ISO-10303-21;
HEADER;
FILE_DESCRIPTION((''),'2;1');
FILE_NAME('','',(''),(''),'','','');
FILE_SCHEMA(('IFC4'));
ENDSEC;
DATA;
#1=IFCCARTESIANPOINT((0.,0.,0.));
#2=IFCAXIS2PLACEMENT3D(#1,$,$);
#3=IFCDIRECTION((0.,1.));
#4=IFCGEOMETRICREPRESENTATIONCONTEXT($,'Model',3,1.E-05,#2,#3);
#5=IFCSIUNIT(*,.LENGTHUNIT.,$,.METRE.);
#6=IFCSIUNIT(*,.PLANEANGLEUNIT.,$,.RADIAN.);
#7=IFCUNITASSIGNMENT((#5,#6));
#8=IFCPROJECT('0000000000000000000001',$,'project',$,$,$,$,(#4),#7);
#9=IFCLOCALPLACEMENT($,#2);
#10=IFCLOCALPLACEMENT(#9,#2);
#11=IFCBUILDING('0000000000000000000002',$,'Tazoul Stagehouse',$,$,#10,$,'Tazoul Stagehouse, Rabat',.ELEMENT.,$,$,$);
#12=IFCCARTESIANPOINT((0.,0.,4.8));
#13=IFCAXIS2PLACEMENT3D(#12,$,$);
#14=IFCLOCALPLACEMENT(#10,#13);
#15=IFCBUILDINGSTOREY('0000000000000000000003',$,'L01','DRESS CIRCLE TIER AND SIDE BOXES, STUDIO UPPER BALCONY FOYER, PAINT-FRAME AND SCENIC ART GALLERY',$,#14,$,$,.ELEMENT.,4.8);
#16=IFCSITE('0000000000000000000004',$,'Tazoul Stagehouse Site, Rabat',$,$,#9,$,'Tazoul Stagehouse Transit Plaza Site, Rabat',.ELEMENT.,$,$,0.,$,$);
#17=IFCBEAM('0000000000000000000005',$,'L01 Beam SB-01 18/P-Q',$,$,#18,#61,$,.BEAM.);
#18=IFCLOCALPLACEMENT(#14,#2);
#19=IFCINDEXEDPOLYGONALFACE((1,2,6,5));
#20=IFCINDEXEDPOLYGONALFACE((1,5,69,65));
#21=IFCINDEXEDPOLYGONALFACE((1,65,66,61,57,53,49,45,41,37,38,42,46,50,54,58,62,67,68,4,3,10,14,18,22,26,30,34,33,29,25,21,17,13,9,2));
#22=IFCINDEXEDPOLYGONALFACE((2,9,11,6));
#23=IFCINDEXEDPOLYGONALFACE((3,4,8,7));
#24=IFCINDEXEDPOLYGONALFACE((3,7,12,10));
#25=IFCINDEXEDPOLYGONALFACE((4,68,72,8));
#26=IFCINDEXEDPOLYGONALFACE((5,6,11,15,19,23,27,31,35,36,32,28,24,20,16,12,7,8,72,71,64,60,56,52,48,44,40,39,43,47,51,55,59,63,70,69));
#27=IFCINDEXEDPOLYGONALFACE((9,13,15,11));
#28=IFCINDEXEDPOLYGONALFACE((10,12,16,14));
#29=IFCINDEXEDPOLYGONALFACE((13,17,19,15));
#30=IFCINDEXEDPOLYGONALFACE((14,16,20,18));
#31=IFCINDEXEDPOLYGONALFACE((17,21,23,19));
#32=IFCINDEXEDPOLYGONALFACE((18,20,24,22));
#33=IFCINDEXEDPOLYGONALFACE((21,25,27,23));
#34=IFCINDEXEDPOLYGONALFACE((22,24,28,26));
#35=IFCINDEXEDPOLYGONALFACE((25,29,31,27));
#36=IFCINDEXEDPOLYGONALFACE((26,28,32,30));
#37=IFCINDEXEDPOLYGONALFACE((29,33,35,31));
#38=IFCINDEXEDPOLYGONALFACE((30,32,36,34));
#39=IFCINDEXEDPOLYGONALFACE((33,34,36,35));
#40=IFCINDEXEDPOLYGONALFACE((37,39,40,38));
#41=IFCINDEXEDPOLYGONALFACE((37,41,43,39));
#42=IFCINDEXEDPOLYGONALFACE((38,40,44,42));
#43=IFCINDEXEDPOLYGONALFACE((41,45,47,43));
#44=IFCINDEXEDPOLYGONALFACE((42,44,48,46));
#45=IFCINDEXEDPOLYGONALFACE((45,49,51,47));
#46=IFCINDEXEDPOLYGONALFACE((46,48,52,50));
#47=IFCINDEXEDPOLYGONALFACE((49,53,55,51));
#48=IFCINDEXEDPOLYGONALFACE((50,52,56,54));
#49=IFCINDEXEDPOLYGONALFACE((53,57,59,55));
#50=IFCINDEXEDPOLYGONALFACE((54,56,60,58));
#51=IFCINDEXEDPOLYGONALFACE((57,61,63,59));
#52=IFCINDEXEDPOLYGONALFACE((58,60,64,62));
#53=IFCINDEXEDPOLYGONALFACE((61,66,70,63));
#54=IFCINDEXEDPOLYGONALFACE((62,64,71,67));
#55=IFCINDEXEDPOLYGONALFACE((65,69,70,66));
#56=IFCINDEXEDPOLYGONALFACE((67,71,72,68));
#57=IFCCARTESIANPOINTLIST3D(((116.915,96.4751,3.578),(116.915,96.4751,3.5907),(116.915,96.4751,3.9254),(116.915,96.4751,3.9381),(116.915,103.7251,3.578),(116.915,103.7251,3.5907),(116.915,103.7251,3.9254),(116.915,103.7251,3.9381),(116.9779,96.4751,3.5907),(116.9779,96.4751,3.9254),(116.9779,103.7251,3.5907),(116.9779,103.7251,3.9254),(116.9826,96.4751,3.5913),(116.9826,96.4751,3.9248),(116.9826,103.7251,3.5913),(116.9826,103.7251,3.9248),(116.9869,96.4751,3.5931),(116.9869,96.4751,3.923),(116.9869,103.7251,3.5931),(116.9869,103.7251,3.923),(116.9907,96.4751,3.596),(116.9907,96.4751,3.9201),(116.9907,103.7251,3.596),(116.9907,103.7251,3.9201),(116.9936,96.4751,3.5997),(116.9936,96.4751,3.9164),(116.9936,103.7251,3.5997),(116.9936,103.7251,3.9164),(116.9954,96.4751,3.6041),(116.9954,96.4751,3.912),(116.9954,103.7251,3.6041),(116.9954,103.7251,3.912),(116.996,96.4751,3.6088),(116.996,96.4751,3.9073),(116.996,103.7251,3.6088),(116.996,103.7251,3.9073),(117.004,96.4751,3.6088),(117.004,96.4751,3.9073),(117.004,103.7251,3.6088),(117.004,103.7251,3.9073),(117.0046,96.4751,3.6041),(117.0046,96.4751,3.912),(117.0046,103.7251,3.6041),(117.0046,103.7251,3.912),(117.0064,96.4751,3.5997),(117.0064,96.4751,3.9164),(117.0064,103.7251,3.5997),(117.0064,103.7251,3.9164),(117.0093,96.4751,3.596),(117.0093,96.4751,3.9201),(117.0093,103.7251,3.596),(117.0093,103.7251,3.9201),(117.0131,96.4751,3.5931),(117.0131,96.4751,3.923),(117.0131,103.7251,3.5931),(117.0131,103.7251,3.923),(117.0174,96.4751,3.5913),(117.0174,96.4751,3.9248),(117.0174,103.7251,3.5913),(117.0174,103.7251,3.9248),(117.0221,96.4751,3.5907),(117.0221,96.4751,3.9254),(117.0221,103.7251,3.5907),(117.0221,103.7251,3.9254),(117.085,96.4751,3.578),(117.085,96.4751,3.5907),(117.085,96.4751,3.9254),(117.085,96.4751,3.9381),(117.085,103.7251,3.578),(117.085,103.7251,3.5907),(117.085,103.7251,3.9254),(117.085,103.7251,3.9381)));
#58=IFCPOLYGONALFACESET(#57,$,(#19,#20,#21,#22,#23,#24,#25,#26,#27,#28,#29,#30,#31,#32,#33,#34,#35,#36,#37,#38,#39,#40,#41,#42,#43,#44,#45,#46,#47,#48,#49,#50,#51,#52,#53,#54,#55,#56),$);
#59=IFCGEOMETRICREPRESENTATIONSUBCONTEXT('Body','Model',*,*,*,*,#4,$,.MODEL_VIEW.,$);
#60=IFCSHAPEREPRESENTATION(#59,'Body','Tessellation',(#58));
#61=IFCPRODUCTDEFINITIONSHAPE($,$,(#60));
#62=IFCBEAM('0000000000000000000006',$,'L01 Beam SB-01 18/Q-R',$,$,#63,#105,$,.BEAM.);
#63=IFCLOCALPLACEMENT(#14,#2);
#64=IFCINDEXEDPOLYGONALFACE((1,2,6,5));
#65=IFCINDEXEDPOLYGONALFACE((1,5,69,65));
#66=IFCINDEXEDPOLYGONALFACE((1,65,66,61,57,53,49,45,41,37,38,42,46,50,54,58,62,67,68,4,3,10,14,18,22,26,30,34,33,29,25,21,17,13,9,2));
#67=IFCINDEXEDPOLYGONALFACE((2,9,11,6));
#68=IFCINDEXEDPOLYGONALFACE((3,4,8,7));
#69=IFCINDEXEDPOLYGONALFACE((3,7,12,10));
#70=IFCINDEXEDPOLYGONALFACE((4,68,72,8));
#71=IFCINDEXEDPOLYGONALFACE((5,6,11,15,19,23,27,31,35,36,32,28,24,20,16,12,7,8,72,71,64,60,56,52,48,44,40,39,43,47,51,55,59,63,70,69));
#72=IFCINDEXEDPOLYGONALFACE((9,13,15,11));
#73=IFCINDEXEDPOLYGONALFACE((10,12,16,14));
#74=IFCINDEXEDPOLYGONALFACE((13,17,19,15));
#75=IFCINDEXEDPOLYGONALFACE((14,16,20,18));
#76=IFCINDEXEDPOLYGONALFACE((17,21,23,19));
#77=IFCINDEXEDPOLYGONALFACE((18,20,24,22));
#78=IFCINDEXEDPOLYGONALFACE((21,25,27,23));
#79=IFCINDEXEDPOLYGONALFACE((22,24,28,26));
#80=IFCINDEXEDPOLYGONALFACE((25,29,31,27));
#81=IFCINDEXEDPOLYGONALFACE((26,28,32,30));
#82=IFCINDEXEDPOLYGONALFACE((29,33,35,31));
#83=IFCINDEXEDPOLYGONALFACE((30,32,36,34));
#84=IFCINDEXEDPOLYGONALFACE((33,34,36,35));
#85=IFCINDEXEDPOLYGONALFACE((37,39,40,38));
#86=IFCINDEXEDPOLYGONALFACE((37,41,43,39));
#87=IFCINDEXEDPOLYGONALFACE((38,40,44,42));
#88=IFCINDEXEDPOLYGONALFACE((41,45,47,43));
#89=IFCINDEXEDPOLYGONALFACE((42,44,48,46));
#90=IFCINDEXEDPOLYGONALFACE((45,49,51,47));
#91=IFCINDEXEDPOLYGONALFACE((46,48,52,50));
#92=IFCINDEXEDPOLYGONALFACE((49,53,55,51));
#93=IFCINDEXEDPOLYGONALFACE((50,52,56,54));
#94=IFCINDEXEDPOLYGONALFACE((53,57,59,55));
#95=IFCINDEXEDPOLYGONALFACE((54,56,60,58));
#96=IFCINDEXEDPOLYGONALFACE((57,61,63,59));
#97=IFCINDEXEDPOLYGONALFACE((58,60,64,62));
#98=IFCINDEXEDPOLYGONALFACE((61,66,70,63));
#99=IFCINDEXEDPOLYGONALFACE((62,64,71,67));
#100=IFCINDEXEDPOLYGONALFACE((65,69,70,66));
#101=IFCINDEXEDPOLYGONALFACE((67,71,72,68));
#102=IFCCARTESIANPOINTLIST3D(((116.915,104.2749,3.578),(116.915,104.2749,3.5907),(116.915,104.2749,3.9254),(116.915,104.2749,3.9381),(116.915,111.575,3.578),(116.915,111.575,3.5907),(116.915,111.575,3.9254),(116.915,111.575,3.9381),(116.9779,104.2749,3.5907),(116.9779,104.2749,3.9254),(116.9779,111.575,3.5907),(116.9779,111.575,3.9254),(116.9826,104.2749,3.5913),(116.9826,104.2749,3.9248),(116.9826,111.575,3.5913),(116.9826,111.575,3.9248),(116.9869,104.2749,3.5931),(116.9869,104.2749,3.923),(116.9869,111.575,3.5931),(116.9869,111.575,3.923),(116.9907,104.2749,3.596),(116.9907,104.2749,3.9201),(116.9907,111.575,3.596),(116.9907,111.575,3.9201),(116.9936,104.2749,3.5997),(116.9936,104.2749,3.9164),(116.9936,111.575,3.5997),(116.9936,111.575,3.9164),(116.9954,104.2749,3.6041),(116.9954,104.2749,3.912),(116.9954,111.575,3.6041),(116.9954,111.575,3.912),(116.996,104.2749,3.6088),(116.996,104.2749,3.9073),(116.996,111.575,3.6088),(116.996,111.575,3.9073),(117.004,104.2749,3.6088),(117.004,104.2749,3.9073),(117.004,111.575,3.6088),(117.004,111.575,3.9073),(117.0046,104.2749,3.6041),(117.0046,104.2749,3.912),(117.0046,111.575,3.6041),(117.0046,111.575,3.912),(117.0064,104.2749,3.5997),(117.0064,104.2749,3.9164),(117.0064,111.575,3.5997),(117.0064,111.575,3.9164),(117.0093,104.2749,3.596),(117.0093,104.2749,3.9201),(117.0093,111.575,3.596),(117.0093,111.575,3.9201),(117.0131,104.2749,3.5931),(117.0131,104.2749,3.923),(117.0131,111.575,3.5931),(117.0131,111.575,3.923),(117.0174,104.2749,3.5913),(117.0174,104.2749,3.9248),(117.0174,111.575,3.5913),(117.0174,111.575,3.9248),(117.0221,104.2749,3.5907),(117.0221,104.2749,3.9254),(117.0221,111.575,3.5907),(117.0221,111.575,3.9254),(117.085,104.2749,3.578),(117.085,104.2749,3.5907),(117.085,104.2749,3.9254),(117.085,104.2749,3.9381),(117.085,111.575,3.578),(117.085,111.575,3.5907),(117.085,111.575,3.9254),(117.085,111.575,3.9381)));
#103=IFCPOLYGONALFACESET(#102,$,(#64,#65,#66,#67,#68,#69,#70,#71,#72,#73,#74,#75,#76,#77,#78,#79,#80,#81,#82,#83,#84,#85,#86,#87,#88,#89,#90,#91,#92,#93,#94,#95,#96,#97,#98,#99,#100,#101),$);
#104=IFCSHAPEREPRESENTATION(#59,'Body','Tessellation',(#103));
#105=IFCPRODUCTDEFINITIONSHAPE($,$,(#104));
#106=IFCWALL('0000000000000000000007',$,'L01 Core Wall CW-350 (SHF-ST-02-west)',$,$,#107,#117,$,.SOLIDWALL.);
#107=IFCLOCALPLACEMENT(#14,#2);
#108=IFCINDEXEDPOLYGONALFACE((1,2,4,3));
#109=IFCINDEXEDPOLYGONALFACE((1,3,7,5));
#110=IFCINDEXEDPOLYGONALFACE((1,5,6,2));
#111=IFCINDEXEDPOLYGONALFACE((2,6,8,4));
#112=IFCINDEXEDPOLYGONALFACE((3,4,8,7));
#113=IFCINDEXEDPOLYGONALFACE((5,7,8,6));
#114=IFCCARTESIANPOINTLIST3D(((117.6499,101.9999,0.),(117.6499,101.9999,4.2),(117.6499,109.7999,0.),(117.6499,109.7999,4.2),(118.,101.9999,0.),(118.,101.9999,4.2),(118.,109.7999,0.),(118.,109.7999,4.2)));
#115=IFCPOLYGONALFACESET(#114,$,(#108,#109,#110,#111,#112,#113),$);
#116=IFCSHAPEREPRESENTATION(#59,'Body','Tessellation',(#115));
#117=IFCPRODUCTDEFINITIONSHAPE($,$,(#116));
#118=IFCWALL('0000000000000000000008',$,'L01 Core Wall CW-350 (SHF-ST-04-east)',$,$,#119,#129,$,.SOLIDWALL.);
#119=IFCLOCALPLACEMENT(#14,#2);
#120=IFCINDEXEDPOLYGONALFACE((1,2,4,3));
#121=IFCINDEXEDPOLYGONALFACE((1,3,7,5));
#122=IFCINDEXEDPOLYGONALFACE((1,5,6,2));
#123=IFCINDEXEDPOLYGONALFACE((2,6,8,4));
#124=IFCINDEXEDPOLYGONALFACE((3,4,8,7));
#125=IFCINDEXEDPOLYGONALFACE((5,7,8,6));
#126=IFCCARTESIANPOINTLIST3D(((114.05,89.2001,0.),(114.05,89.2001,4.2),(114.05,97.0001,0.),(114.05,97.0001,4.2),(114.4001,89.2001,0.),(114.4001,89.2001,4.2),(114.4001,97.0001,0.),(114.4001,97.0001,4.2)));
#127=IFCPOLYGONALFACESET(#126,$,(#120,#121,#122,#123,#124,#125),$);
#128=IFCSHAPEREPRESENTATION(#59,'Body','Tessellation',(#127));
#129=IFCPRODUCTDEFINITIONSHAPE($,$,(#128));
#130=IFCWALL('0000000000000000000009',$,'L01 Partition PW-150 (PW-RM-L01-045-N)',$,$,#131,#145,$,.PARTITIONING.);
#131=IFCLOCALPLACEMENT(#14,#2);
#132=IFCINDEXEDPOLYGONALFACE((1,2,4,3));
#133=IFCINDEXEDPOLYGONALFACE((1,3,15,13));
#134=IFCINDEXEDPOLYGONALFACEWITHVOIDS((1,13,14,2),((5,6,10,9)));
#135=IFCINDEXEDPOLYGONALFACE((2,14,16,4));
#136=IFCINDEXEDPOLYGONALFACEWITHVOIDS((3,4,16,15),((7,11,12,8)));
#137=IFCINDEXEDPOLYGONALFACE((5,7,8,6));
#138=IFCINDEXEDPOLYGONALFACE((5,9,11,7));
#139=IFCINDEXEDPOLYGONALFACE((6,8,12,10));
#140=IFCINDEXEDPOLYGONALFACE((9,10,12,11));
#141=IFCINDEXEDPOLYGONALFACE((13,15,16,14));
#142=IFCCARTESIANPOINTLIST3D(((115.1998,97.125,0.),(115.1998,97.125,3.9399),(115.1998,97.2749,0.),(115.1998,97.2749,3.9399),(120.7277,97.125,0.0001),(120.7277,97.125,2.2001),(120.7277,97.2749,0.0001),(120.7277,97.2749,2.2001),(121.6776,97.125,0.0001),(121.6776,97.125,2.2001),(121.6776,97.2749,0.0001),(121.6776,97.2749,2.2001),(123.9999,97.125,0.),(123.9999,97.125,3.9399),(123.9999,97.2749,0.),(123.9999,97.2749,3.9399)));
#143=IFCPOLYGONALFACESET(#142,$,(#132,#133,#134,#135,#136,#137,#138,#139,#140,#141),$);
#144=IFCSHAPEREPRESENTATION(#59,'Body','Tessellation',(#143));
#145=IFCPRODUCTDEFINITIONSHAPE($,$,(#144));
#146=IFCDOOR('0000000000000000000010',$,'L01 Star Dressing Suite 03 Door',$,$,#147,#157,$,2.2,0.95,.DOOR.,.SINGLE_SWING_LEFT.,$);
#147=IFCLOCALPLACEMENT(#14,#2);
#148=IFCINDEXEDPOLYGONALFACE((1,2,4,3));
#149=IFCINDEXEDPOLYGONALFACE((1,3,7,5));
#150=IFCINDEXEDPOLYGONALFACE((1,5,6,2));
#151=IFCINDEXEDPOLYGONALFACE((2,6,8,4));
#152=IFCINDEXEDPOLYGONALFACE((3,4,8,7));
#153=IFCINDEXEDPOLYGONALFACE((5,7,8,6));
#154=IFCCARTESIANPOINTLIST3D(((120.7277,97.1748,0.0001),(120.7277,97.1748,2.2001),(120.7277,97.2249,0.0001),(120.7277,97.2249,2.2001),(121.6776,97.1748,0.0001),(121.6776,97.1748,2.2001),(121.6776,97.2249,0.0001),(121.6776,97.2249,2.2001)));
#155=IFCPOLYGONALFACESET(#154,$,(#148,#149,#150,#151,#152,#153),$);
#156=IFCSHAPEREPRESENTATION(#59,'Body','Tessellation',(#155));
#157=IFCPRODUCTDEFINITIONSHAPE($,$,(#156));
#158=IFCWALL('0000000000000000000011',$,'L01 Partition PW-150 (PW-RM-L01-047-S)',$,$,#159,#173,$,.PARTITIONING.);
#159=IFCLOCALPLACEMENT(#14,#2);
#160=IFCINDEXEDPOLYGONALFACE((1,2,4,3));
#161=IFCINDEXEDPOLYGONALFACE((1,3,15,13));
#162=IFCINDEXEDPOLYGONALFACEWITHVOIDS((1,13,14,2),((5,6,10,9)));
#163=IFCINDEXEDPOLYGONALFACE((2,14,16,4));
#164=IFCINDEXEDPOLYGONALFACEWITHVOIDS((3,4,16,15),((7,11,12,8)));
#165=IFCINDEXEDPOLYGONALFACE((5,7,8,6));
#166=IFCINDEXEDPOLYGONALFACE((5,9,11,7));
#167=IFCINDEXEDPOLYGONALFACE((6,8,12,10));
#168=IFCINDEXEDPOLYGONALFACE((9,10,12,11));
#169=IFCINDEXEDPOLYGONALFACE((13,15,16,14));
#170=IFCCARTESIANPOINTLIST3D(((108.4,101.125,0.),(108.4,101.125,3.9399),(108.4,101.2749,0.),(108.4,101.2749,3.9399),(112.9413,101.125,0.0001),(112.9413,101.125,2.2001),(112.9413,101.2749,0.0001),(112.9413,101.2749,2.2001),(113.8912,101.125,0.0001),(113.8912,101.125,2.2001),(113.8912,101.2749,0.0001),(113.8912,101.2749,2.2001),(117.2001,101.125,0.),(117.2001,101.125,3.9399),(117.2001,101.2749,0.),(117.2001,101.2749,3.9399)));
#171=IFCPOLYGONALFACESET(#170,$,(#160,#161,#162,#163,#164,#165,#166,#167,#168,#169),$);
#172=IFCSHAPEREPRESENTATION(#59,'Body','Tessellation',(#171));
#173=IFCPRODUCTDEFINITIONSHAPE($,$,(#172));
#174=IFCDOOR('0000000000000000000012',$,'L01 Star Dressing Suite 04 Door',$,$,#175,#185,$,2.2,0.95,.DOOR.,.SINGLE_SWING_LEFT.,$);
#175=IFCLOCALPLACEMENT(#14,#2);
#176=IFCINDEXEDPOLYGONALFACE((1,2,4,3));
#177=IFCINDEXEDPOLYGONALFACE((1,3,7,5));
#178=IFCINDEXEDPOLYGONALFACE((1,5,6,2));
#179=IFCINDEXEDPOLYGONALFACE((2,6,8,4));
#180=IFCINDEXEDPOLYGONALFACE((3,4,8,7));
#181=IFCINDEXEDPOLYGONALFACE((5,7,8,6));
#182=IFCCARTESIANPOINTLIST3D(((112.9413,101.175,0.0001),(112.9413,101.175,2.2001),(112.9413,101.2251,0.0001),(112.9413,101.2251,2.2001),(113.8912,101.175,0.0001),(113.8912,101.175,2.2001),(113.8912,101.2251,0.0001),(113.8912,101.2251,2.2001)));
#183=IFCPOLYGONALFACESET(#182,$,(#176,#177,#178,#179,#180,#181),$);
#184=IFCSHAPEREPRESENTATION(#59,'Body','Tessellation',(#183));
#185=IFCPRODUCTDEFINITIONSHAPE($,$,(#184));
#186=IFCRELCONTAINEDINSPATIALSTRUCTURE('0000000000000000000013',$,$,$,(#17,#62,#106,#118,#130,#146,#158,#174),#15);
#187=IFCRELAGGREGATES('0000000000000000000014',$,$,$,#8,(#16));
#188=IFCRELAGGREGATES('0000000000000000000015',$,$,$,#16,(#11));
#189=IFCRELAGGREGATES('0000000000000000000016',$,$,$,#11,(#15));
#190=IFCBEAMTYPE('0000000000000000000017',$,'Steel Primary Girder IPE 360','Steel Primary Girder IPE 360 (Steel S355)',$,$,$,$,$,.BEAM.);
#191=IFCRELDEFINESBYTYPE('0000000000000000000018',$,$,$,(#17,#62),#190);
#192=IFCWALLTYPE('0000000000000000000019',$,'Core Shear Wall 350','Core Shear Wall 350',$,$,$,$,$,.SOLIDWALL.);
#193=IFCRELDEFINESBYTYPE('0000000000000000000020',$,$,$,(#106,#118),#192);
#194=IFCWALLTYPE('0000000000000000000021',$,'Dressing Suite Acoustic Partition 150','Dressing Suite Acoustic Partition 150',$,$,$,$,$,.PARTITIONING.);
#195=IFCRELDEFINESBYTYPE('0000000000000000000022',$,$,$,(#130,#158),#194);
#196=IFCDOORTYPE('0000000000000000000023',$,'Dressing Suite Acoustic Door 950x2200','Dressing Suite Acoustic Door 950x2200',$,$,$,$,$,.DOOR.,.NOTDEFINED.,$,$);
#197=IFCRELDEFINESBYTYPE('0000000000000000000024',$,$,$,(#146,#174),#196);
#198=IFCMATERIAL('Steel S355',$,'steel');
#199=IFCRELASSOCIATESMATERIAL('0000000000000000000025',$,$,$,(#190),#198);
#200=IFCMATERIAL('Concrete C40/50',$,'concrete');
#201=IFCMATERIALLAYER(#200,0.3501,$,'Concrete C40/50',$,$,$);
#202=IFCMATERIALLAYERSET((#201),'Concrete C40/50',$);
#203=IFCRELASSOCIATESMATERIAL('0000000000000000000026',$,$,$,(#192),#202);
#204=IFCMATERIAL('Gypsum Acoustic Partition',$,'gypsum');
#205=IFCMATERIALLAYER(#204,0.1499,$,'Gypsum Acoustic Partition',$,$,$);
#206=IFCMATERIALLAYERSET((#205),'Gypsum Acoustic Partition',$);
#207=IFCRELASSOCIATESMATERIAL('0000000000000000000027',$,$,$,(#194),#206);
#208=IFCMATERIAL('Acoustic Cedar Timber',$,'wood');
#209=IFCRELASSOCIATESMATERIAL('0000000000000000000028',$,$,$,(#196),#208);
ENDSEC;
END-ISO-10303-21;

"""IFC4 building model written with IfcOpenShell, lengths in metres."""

from ifc_helpers import new_model, si_unit, direction, frame, frame_2d, origin, origin_2d, place, context, subcontext, project, spatial, rectangle, i_section, extrude, material, layer, layer_set, material_profile, profile_set, type_object, element, fill, save


model = new_model("IFC4")

# Units and contexts
model_context = context("Model", 3, precision=1e-05, world=origin(), true_north=direction((0.0, 1.0)))
body_context = subcontext(model_context, "Body", "Model", "MODEL_VIEW")
ifc_project = project(units=[si_unit("LENGTHUNIT", "METRE"), si_unit("PLANEANGLEUNIT", "RADIAN")], contexts=[model_context])

# Site, building, storey
site_placement = place(None, origin())
site = spatial("IfcSite", under=ifc_project, at=site_placement, Name="Tazoul Stagehouse Site, Rabat", LongName="Tazoul Stagehouse Transit Plaza Site, Rabat", CompositionType="ELEMENT", RefElevation=0.0)
building_placement = place(site_placement, origin())
building = spatial("IfcBuilding", under=site, at=building_placement, Name="Tazoul Stagehouse", LongName="Tazoul Stagehouse, Rabat", CompositionType="ELEMENT")
storey_placement = place(building_placement, frame((0.0, 0.0, 4.8)))
storey = spatial("IfcBuildingStorey", under=building, at=storey_placement, Name="L01", Description="DRESS CIRCLE TIER AND SIDE BOXES, STUDIO UPPER BALCONY FOYER, PAINT-FRAME AND SCENIC ART GALLERY", CompositionType="ELEMENT", Elevation=4.8)

# Shared definitions
ifc_material_1 = material(Name="Concrete C40/50", Category="concrete")

# Beams
ifc_material_2 = material(Name="Steel S355", Category="steel")
ifc_material_profile_1 = material_profile(ifc_material_2, i_section(OverallWidth=0.1699, OverallDepth=0.3601, WebThickness=0.0081, FlangeThickness=0.0127, FilletRadius=0.0181, at=origin_2d()), Name="IPE 360")
ifc_profile_set_1 = profile_set([ifc_material_profile_1], Name="Steel S355")
beam_type_1 = type_object("IfcBeamType", Name="Steel Primary Girder IPE 360", Description="Steel Primary Girder IPE 360 (Steel S355)", PredefinedType="BEAM", material=ifc_profile_set_1)
beam_1_placement = place(storey_placement, frame((117.0, 96.4751, 3.7581), z_axis=(0.0, 1.0, 0.0), x_axis=(-1.0, 0.0, 0.0)))
element("IfcBeam", 1, at=beam_1_placement, inside=storey, type_object=beam_type_1, Name="L01 Beam SB-01 18/P-Q", PredefinedType="BEAM", context=body_context, shape_type="SweptSolid", body=[
    extrude(i_section(OverallWidth=0.1699, OverallDepth=0.3601, WebThickness=0.0081, FlangeThickness=0.0127, FilletRadius=0.0181, at=origin_2d()), origin(), (0.0, 0.0, 1.0), 7.25),
])
beam_2_placement = place(storey_placement, frame((117.0, 104.2749, 3.7581), z_axis=(0.0, 1.0, 0.0), x_axis=(-1.0, 0.0, 0.0)))
element("IfcBeam", 2, at=beam_2_placement, inside=storey, type_object=beam_type_1, Name="L01 Beam SB-01 18/Q-R", PredefinedType="BEAM", context=body_context, shape_type="SweptSolid", body=[
    extrude(i_section(OverallWidth=0.1699, OverallDepth=0.3601, WebThickness=0.0081, FlangeThickness=0.0127, FilletRadius=0.0181, at=origin_2d()), origin(), (0.0, 0.0, 1.0), 7.3),
])

# Shared definitions
ifc_layer_1 = layer(ifc_material_1, 0.3501, Name="Concrete C40/50")
ifc_layer_set_1 = layer_set([ifc_layer_1], Name="Concrete C40/50")
wall_type_1 = type_object("IfcWallType", Name="Core Shear Wall 350", Description="Core Shear Wall 350", PredefinedType="SOLIDWALL", material=ifc_layer_set_1)

# Wall
wall_1_placement = place(storey_placement, frame((117.825, 102.0, 0.0), z_axis=(0.0, 0.0, 1.0), x_axis=(0.0, 1.0, 0.0)))
element("IfcWall", 3, at=wall_1_placement, inside=storey, type_object=wall_type_1, Name="L01 Core Wall CW-350 (SHF-ST-02-west)", PredefinedType="SOLIDWALL", context=body_context, shape_type="SweptSolid", body=[
    extrude(rectangle(XDim=7.8, YDim=0.3501, at=frame_2d((3.8999, 0.0))), origin(), (0.0, 0.0, 1.0), 4.2),
])

# Wall
wall_2_placement = place(storey_placement, frame((114.2251, 97.0, 0.0), z_axis=(0.0, 0.0, 1.0), x_axis=(0.0, -1.0, 0.0)))
element("IfcWall", 4, at=wall_2_placement, inside=storey, type_object=wall_type_1, Name="L01 Core Wall CW-350 (SHF-ST-04-east)", PredefinedType="SOLIDWALL", context=body_context, shape_type="SweptSolid", body=[
    extrude(rectangle(XDim=7.8, YDim=0.3501, at=frame_2d((3.8999, 0.0))), origin(), (0.0, 0.0, 1.0), 4.2),
])

# Walls, openings, doors
ifc_material_3 = material(Name="Gypsum Acoustic Partition", Category="gypsum")
ifc_layer_2 = layer(ifc_material_3, 0.1499, Name="Gypsum Acoustic Partition")
ifc_layer_set_2 = layer_set([ifc_layer_2], Name="Gypsum Acoustic Partition")
wall_type_2 = type_object("IfcWallType", Name="Dressing Suite Acoustic Partition 150", Description="Dressing Suite Acoustic Partition 150", PredefinedType="PARTITIONING", material=ifc_layer_set_2)
wall_3_placement = place(storey_placement, frame((115.2, 97.2, 0.0), z_axis=(0.0, 0.0, 1.0), x_axis=(1.0, 0.0, 0.0)))
wall_3 = element("IfcWall", 5, at=wall_3_placement, inside=storey, type_object=wall_type_2, Name="L01 Partition PW-150 (PW-RM-L01-045-N)", PredefinedType="PARTITIONING", context=body_context, shape_type="SweptSolid", body=[
    extrude(rectangle(XDim=8.8, YDim=0.1499, at=frame_2d((4.3999, 0.0))), origin(), (0.0, 0.0, 1.0), 3.9399),
])
opening_1_placement = place(wall_3_placement, frame((5.5276, 0.0, 0.0)))
opening_1 = element("IfcOpeningElement", 6, at=opening_1_placement, cuts=wall_3, PredefinedType="OPENING", context=body_context, shape_type="SweptSolid", body=[
    extrude(rectangle(XDim=0.95, YDim=2.2, at=frame_2d((0.4751, 1.1001))), frame((0.0, 0.095, 0.0), z_axis=(0.0, -1.0, 0.0), x_axis=(1.0, 0.0, 0.0)), (0.0, 0.0, 1.0), 0.1899),
])
ifc_material_4 = material(Name="Acoustic Cedar Timber", Category="wood")
door_type_1 = type_object("IfcDoorType", Name="Dressing Suite Acoustic Door 950x2200", Description="Dressing Suite Acoustic Door 950x2200", OperationType="NOTDEFINED", PredefinedType="DOOR", material=ifc_material_4)
door_1_placement = place(opening_1_placement, origin())
door_1 = element("IfcDoor", 7, at=door_1_placement, inside=storey, type_object=door_type_1, Name="L01 Star Dressing Suite 03 Door", OperationType="SINGLE_SWING_LEFT", OverallHeight=2.2, OverallWidth=0.95, PredefinedType="DOOR", context=body_context, shape_type="SweptSolid", body=[
    extrude(rectangle(XDim=0.95, YDim=2.2, at=frame_2d((0.4751, 1.1001))), frame((0.0, 0.0249, 0.0), z_axis=(0.0, -1.0, 0.0), x_axis=(1.0, 0.0, 0.0)), (0.0, 0.0, 1.0), 0.05),
])
fill(opening_1, door_1)
wall_4_placement = place(storey_placement, frame((117.2, 101.2, 0.0), z_axis=(0.0, 0.0, 1.0), x_axis=(-1.0, 0.0, 0.0)))
wall_4 = element("IfcWall", 8, at=wall_4_placement, inside=storey, type_object=wall_type_2, Name="L01 Partition PW-150 (PW-RM-L01-047-S)", PredefinedType="PARTITIONING", context=body_context, shape_type="SweptSolid", body=[
    extrude(rectangle(XDim=8.8, YDim=0.1499, at=frame_2d((4.3999, 0.0))), origin(), (0.0, 0.0, 1.0), 3.9399),
])
opening_2_placement = place(wall_4_placement, frame((3.3086, 0.0, 0.0)))
opening_2 = element("IfcOpeningElement", 9, at=opening_2_placement, cuts=wall_4, PredefinedType="OPENING", context=body_context, shape_type="SweptSolid", body=[
    extrude(rectangle(XDim=0.95, YDim=2.2, at=frame_2d((0.4751, 1.1001))), frame((0.0, 0.095, 0.0), z_axis=(0.0, -1.0, 0.0), x_axis=(1.0, 0.0, 0.0)), (0.0, 0.0, 1.0), 0.1899),
])
door_2_placement = place(opening_2_placement, origin())
door_2 = element("IfcDoor", 10, at=door_2_placement, inside=storey, type_object=door_type_1, Name="L01 Star Dressing Suite 04 Door", OperationType="SINGLE_SWING_LEFT", OverallHeight=2.2, OverallWidth=0.95, PredefinedType="DOOR", context=body_context, shape_type="SweptSolid", body=[
    extrude(rectangle(XDim=0.95, YDim=2.2, at=frame_2d((0.4751, 1.1001))), frame((0.0, 0.0249, 0.0), z_axis=(0.0, -1.0, 0.0), x_axis=(1.0, 0.0, 0.0)), (0.0, 0.0, 1.0), 0.05),
])
fill(opening_2, door_2)

save(model, "model.ifc")
